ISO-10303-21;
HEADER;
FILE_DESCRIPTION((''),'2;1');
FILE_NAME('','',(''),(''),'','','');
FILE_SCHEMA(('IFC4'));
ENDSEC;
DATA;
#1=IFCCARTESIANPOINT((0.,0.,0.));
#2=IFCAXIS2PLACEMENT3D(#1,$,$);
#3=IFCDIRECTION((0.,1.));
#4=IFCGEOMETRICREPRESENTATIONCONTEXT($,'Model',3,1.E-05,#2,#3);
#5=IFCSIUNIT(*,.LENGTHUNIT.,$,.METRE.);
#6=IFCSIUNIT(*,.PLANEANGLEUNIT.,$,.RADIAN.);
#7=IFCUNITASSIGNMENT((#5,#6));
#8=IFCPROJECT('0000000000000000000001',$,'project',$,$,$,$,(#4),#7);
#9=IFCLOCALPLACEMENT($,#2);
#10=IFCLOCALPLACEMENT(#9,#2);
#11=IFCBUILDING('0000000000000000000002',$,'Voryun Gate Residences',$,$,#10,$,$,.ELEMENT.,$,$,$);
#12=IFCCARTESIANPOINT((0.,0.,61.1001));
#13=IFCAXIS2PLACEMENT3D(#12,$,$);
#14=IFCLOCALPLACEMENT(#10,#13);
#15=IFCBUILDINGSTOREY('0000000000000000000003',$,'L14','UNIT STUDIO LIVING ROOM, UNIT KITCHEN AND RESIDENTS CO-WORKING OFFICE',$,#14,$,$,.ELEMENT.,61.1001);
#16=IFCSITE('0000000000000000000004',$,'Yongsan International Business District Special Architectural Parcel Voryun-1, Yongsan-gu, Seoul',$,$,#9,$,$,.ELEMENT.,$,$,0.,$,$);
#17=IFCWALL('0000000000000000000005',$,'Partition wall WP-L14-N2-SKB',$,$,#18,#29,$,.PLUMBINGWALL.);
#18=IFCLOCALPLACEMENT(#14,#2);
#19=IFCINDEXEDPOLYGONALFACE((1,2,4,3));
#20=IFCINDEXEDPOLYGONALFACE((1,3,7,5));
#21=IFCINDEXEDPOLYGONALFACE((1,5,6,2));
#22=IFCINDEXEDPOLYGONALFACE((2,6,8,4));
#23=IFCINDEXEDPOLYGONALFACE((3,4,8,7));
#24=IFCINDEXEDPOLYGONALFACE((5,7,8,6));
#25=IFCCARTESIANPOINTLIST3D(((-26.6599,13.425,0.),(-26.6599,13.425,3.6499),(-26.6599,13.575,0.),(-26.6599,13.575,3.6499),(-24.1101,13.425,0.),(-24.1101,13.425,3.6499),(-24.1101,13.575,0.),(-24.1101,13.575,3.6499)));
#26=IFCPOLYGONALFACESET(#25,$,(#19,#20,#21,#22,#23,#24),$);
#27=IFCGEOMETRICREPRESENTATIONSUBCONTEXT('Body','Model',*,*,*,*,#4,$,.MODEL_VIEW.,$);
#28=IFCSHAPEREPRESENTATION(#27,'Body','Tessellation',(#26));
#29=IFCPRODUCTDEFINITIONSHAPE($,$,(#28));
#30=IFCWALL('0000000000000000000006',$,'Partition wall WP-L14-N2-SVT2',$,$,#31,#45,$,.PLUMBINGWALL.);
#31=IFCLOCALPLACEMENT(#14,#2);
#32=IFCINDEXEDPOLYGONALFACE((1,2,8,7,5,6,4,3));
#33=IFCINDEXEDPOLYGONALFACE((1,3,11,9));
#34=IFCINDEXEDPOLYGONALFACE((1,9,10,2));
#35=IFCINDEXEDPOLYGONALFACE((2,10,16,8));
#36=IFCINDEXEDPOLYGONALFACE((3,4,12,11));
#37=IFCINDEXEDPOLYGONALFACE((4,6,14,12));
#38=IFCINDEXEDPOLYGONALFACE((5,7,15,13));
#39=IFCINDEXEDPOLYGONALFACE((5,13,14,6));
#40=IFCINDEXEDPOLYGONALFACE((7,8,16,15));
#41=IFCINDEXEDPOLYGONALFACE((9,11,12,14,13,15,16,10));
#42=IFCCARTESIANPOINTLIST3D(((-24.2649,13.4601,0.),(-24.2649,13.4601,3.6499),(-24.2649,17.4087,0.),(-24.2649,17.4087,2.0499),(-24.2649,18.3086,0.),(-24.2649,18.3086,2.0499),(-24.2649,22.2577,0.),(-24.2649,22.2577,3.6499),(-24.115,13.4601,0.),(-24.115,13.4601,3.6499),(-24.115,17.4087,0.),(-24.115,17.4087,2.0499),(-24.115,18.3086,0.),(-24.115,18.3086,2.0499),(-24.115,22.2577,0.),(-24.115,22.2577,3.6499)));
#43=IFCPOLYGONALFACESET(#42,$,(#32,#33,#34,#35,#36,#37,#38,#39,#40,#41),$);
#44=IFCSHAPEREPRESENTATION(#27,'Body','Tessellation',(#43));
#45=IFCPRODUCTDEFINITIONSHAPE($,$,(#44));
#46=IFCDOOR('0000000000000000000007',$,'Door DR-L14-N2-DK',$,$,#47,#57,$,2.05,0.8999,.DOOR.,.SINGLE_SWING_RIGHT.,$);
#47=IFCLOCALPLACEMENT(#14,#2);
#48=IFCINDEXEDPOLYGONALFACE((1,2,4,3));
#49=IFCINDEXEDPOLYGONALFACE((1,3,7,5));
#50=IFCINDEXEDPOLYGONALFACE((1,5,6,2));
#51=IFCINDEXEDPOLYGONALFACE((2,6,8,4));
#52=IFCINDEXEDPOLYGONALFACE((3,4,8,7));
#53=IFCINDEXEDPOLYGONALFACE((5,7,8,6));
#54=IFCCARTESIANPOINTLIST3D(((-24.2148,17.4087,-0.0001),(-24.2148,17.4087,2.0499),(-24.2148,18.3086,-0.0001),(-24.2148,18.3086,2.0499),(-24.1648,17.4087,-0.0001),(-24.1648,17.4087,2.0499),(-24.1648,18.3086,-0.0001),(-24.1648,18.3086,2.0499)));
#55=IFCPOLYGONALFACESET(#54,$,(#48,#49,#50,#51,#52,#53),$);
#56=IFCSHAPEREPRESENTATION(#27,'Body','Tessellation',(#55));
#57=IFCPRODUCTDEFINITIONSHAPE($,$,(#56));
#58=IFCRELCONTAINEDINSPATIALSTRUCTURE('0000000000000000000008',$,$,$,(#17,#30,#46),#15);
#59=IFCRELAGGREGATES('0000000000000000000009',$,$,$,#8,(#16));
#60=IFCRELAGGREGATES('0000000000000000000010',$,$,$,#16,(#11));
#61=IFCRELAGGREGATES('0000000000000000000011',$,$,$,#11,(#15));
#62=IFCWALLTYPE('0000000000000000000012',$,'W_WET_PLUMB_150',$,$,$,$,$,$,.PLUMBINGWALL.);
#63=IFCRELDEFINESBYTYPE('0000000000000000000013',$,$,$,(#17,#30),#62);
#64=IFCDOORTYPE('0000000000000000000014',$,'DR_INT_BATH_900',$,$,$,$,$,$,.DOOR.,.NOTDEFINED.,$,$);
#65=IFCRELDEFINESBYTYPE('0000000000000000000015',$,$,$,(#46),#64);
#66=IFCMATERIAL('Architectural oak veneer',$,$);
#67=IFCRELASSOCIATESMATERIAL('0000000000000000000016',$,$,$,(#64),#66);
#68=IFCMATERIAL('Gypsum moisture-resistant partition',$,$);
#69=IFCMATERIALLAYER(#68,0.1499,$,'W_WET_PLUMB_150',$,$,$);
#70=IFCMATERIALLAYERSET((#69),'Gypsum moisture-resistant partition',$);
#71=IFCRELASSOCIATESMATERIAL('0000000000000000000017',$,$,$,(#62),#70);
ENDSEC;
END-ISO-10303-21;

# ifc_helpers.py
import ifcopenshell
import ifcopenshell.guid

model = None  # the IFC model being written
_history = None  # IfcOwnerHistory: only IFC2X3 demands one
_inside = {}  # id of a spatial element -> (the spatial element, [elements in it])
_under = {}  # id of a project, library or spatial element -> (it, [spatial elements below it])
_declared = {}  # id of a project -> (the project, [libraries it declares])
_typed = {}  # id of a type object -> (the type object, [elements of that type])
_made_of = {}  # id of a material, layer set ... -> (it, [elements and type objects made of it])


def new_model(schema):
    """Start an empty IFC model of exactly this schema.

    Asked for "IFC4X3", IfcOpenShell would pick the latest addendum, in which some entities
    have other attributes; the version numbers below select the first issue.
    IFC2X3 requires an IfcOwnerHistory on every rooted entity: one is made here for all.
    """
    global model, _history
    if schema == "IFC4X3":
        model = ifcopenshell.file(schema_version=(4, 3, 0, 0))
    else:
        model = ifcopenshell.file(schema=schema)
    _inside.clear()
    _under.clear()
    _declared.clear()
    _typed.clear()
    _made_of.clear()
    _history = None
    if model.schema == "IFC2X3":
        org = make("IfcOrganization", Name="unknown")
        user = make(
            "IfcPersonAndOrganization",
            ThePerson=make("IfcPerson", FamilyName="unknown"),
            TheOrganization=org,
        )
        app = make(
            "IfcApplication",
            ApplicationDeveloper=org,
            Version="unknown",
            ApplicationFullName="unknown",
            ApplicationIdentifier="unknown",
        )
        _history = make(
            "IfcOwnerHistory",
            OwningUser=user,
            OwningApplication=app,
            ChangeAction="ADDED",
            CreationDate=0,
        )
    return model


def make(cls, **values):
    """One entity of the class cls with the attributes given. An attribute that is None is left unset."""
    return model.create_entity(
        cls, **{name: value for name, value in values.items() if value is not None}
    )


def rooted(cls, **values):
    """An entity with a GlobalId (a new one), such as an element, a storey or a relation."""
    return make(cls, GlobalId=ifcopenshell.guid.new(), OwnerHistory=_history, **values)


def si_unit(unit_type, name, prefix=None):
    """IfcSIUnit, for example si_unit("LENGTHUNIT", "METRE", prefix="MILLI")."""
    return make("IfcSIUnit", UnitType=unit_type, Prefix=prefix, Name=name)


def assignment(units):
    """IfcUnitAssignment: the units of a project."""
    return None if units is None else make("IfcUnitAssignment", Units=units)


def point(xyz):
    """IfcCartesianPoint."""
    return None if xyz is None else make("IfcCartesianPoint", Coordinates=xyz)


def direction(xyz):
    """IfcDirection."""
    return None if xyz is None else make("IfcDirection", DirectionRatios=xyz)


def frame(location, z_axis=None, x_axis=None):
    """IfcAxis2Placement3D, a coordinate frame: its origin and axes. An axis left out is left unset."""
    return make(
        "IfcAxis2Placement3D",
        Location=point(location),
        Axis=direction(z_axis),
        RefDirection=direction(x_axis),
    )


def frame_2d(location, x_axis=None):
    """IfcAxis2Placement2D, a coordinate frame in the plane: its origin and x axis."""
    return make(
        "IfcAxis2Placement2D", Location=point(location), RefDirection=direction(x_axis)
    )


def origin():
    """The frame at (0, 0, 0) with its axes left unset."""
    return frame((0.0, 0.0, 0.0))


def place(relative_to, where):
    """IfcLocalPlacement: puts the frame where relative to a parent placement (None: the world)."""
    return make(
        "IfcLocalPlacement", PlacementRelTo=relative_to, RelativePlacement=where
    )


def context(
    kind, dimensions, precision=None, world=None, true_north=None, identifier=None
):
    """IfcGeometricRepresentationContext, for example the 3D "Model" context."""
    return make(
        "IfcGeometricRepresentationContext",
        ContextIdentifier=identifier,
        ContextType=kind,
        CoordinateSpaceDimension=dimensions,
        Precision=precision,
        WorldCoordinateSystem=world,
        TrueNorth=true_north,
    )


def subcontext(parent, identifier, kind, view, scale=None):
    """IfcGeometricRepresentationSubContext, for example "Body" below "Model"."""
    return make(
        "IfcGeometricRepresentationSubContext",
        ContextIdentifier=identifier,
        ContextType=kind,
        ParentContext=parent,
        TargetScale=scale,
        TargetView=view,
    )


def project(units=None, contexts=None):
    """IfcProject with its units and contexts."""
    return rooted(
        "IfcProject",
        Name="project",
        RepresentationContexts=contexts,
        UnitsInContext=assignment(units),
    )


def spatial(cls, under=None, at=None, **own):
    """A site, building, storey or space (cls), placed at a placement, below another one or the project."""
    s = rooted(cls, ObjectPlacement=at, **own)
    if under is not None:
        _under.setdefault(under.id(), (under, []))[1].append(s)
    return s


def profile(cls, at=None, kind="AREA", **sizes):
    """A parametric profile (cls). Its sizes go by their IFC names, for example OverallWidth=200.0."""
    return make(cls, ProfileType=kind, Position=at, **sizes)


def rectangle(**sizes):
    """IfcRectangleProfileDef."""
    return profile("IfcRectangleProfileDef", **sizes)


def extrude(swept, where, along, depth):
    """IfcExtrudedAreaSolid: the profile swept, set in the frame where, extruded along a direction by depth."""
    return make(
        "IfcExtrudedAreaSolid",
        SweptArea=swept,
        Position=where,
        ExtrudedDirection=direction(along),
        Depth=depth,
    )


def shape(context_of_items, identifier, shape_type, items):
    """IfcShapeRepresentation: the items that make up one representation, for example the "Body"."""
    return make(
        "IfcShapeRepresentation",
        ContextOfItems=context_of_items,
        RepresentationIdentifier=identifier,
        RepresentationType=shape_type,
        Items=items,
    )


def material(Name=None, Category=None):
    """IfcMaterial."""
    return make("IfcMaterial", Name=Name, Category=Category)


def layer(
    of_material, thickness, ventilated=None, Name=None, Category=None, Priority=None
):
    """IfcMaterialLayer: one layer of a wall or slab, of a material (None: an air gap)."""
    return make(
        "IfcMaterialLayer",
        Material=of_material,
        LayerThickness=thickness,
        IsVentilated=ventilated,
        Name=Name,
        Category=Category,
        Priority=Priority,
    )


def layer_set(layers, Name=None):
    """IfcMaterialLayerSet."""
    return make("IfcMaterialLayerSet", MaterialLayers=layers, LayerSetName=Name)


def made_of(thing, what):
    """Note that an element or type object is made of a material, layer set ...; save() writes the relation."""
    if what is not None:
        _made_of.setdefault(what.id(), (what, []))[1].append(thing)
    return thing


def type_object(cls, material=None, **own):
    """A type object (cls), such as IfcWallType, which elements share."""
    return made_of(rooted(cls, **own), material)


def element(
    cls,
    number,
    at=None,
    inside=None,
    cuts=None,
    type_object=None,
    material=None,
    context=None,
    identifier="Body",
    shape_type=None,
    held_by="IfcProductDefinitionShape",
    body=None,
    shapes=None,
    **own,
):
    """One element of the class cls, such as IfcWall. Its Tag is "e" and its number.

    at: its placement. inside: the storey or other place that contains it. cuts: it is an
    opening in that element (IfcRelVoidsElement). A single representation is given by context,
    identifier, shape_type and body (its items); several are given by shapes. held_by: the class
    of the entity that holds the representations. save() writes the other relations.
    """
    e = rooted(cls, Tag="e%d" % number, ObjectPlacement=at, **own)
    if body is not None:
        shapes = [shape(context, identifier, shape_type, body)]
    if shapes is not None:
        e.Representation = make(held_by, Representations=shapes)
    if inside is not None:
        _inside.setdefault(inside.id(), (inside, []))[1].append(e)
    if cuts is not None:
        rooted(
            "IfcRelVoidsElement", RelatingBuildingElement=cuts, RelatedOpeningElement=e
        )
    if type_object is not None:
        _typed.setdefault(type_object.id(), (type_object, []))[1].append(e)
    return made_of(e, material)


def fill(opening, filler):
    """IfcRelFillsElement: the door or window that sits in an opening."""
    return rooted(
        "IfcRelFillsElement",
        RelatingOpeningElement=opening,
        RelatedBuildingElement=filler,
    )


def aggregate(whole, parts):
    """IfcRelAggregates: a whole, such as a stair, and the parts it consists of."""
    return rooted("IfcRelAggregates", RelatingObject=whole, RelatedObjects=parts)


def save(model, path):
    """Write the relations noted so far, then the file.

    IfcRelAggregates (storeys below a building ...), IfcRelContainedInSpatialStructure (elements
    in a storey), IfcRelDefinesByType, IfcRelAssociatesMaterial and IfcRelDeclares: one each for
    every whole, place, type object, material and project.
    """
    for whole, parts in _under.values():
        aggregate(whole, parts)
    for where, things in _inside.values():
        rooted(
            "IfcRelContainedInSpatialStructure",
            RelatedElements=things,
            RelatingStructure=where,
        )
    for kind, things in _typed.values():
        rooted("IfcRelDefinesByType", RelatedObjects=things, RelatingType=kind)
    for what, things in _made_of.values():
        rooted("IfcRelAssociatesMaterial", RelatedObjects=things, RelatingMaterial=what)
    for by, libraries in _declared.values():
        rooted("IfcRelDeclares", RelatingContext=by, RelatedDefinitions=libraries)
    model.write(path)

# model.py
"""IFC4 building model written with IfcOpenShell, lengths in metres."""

from ifc_helpers import new_model, si_unit, direction, frame, frame_2d, origin, place, context, subcontext, project, spatial, rectangle, extrude, material, layer, layer_set, type_object, element, fill, save


model = new_model("IFC4")

# Units and contexts
model_context = context("Model", 3, precision=1e-05, world=origin(), true_north=direction((0.0, 1.0)))
body_context = subcontext(model_context, "Body", "Model", "MODEL_VIEW")
ifc_project = project(units=[si_unit("LENGTHUNIT", "METRE"), si_unit("PLANEANGLEUNIT", "RADIAN")], contexts=[model_context])

# Site, building, storey
site_placement = place(None, origin())
site = spatial("IfcSite", under=ifc_project, at=site_placement, Name="Yongsan International Business District Special Architectural Parcel Voryun-1, Yongsan-gu, Seoul", CompositionType="ELEMENT", RefElevation=0.0)
building_placement = place(site_placement, origin())
building = spatial("IfcBuilding", under=site, at=building_placement, Name="Voryun Gate Residences", CompositionType="ELEMENT")
storey_placement = place(building_placement, frame((0.0, 0.0, 61.1001)))
storey = spatial("IfcBuildingStorey", under=building, at=storey_placement, Name="L14", Description="UNIT STUDIO LIVING ROOM, UNIT KITCHEN AND RESIDENTS CO-WORKING OFFICE", CompositionType="ELEMENT", Elevation=61.1001)

# Shared definitions
ifc_material_1 = material(Name="Architectural oak veneer")
door_type = type_object("IfcDoorType", Name="DR_INT_BATH_900", OperationType="NOTDEFINED", PredefinedType="DOOR", material=ifc_material_1)

# Wall
ifc_material_2 = material(Name="Gypsum moisture-resistant partition")
ifc_layer_1 = layer(ifc_material_2, 0.1499, Name="W_WET_PLUMB_150")
ifc_layer_set_1 = layer_set([ifc_layer_1], Name="Gypsum moisture-resistant partition")
wall_type_1 = type_object("IfcWallType", Name="W_WET_PLUMB_150", PredefinedType="PLUMBINGWALL", material=ifc_layer_set_1)
wall_1_placement = place(storey_placement, frame((-26.6599, 13.5, 0.0), z_axis=(0.0, 0.0, 1.0), x_axis=(1.0, 0.0, 0.0)))
element("IfcWall", 1, at=wall_1_placement, inside=storey, type_object=wall_type_1, Name="Partition wall WP-L14-N2-SKB", PredefinedType="PLUMBINGWALL", context=body_context, shape_type="SweptSolid", body=[
    extrude(rectangle(XDim=2.5498, YDim=0.1499, at=frame_2d((1.2749, 0.0))), origin(), (0.0, 0.0, 1.0), 3.6499),
])

# Wall, opening, door
wall_2_placement = place(storey_placement, frame((-24.1899, 13.46, 0.0), z_axis=(0.0, 0.0, 1.0), x_axis=(0.0, 1.0, 0.0)))
wall_2 = element("IfcWall", 2, at=wall_2_placement, inside=storey, type_object=wall_type_1, Name="Partition wall WP-L14-N2-SVT2", PredefinedType="PLUMBINGWALL", context=body_context, shape_type="SweptSolid", body=[
    extrude(rectangle(XDim=8.7976, YDim=0.1499, at=frame_2d((4.3989, 0.0))), origin(), (0.0, 0.0, 1.0), 3.6499),
])
opening_1_placement = place(wall_2_placement, frame((3.9487, 0.0, 0.0)))
opening_1 = element("IfcOpeningElement", 3, at=opening_1_placement, cuts=wall_2, PredefinedType="OPENING", context=body_context, shape_type="SweptSolid", body=[
    extrude(rectangle(XDim=0.8999, YDim=2.05, at=frame_2d((0.45, 1.0249))), frame((0.0, 0.085, 0.0), z_axis=(0.0, -1.0, 0.0), x_axis=(1.0, 0.0, 0.0)), (0.0, 0.0, 1.0), 0.1699),
])
door_1_placement = place(opening_1_placement, origin())
door_1 = element("IfcDoor", 4, at=door_1_placement, inside=storey, type_object=door_type, Name="Door DR-L14-N2-DK", OperationType="SINGLE_SWING_RIGHT", OverallHeight=2.05, OverallWidth=0.8999, PredefinedType="DOOR", context=body_context, shape_type="SweptSolid", body=[
    extrude(rectangle(XDim=0.8999, YDim=2.05, at=frame_2d((0.45, 1.0249))), frame((0.0, 0.0249, 0.0), z_axis=(0.0, -1.0, 0.0), x_axis=(1.0, 0.0, 0.0)), (0.0, 0.0, 1.0), 0.05),
])
fill(opening_1, door_1)

save(model, "model.ifc")
